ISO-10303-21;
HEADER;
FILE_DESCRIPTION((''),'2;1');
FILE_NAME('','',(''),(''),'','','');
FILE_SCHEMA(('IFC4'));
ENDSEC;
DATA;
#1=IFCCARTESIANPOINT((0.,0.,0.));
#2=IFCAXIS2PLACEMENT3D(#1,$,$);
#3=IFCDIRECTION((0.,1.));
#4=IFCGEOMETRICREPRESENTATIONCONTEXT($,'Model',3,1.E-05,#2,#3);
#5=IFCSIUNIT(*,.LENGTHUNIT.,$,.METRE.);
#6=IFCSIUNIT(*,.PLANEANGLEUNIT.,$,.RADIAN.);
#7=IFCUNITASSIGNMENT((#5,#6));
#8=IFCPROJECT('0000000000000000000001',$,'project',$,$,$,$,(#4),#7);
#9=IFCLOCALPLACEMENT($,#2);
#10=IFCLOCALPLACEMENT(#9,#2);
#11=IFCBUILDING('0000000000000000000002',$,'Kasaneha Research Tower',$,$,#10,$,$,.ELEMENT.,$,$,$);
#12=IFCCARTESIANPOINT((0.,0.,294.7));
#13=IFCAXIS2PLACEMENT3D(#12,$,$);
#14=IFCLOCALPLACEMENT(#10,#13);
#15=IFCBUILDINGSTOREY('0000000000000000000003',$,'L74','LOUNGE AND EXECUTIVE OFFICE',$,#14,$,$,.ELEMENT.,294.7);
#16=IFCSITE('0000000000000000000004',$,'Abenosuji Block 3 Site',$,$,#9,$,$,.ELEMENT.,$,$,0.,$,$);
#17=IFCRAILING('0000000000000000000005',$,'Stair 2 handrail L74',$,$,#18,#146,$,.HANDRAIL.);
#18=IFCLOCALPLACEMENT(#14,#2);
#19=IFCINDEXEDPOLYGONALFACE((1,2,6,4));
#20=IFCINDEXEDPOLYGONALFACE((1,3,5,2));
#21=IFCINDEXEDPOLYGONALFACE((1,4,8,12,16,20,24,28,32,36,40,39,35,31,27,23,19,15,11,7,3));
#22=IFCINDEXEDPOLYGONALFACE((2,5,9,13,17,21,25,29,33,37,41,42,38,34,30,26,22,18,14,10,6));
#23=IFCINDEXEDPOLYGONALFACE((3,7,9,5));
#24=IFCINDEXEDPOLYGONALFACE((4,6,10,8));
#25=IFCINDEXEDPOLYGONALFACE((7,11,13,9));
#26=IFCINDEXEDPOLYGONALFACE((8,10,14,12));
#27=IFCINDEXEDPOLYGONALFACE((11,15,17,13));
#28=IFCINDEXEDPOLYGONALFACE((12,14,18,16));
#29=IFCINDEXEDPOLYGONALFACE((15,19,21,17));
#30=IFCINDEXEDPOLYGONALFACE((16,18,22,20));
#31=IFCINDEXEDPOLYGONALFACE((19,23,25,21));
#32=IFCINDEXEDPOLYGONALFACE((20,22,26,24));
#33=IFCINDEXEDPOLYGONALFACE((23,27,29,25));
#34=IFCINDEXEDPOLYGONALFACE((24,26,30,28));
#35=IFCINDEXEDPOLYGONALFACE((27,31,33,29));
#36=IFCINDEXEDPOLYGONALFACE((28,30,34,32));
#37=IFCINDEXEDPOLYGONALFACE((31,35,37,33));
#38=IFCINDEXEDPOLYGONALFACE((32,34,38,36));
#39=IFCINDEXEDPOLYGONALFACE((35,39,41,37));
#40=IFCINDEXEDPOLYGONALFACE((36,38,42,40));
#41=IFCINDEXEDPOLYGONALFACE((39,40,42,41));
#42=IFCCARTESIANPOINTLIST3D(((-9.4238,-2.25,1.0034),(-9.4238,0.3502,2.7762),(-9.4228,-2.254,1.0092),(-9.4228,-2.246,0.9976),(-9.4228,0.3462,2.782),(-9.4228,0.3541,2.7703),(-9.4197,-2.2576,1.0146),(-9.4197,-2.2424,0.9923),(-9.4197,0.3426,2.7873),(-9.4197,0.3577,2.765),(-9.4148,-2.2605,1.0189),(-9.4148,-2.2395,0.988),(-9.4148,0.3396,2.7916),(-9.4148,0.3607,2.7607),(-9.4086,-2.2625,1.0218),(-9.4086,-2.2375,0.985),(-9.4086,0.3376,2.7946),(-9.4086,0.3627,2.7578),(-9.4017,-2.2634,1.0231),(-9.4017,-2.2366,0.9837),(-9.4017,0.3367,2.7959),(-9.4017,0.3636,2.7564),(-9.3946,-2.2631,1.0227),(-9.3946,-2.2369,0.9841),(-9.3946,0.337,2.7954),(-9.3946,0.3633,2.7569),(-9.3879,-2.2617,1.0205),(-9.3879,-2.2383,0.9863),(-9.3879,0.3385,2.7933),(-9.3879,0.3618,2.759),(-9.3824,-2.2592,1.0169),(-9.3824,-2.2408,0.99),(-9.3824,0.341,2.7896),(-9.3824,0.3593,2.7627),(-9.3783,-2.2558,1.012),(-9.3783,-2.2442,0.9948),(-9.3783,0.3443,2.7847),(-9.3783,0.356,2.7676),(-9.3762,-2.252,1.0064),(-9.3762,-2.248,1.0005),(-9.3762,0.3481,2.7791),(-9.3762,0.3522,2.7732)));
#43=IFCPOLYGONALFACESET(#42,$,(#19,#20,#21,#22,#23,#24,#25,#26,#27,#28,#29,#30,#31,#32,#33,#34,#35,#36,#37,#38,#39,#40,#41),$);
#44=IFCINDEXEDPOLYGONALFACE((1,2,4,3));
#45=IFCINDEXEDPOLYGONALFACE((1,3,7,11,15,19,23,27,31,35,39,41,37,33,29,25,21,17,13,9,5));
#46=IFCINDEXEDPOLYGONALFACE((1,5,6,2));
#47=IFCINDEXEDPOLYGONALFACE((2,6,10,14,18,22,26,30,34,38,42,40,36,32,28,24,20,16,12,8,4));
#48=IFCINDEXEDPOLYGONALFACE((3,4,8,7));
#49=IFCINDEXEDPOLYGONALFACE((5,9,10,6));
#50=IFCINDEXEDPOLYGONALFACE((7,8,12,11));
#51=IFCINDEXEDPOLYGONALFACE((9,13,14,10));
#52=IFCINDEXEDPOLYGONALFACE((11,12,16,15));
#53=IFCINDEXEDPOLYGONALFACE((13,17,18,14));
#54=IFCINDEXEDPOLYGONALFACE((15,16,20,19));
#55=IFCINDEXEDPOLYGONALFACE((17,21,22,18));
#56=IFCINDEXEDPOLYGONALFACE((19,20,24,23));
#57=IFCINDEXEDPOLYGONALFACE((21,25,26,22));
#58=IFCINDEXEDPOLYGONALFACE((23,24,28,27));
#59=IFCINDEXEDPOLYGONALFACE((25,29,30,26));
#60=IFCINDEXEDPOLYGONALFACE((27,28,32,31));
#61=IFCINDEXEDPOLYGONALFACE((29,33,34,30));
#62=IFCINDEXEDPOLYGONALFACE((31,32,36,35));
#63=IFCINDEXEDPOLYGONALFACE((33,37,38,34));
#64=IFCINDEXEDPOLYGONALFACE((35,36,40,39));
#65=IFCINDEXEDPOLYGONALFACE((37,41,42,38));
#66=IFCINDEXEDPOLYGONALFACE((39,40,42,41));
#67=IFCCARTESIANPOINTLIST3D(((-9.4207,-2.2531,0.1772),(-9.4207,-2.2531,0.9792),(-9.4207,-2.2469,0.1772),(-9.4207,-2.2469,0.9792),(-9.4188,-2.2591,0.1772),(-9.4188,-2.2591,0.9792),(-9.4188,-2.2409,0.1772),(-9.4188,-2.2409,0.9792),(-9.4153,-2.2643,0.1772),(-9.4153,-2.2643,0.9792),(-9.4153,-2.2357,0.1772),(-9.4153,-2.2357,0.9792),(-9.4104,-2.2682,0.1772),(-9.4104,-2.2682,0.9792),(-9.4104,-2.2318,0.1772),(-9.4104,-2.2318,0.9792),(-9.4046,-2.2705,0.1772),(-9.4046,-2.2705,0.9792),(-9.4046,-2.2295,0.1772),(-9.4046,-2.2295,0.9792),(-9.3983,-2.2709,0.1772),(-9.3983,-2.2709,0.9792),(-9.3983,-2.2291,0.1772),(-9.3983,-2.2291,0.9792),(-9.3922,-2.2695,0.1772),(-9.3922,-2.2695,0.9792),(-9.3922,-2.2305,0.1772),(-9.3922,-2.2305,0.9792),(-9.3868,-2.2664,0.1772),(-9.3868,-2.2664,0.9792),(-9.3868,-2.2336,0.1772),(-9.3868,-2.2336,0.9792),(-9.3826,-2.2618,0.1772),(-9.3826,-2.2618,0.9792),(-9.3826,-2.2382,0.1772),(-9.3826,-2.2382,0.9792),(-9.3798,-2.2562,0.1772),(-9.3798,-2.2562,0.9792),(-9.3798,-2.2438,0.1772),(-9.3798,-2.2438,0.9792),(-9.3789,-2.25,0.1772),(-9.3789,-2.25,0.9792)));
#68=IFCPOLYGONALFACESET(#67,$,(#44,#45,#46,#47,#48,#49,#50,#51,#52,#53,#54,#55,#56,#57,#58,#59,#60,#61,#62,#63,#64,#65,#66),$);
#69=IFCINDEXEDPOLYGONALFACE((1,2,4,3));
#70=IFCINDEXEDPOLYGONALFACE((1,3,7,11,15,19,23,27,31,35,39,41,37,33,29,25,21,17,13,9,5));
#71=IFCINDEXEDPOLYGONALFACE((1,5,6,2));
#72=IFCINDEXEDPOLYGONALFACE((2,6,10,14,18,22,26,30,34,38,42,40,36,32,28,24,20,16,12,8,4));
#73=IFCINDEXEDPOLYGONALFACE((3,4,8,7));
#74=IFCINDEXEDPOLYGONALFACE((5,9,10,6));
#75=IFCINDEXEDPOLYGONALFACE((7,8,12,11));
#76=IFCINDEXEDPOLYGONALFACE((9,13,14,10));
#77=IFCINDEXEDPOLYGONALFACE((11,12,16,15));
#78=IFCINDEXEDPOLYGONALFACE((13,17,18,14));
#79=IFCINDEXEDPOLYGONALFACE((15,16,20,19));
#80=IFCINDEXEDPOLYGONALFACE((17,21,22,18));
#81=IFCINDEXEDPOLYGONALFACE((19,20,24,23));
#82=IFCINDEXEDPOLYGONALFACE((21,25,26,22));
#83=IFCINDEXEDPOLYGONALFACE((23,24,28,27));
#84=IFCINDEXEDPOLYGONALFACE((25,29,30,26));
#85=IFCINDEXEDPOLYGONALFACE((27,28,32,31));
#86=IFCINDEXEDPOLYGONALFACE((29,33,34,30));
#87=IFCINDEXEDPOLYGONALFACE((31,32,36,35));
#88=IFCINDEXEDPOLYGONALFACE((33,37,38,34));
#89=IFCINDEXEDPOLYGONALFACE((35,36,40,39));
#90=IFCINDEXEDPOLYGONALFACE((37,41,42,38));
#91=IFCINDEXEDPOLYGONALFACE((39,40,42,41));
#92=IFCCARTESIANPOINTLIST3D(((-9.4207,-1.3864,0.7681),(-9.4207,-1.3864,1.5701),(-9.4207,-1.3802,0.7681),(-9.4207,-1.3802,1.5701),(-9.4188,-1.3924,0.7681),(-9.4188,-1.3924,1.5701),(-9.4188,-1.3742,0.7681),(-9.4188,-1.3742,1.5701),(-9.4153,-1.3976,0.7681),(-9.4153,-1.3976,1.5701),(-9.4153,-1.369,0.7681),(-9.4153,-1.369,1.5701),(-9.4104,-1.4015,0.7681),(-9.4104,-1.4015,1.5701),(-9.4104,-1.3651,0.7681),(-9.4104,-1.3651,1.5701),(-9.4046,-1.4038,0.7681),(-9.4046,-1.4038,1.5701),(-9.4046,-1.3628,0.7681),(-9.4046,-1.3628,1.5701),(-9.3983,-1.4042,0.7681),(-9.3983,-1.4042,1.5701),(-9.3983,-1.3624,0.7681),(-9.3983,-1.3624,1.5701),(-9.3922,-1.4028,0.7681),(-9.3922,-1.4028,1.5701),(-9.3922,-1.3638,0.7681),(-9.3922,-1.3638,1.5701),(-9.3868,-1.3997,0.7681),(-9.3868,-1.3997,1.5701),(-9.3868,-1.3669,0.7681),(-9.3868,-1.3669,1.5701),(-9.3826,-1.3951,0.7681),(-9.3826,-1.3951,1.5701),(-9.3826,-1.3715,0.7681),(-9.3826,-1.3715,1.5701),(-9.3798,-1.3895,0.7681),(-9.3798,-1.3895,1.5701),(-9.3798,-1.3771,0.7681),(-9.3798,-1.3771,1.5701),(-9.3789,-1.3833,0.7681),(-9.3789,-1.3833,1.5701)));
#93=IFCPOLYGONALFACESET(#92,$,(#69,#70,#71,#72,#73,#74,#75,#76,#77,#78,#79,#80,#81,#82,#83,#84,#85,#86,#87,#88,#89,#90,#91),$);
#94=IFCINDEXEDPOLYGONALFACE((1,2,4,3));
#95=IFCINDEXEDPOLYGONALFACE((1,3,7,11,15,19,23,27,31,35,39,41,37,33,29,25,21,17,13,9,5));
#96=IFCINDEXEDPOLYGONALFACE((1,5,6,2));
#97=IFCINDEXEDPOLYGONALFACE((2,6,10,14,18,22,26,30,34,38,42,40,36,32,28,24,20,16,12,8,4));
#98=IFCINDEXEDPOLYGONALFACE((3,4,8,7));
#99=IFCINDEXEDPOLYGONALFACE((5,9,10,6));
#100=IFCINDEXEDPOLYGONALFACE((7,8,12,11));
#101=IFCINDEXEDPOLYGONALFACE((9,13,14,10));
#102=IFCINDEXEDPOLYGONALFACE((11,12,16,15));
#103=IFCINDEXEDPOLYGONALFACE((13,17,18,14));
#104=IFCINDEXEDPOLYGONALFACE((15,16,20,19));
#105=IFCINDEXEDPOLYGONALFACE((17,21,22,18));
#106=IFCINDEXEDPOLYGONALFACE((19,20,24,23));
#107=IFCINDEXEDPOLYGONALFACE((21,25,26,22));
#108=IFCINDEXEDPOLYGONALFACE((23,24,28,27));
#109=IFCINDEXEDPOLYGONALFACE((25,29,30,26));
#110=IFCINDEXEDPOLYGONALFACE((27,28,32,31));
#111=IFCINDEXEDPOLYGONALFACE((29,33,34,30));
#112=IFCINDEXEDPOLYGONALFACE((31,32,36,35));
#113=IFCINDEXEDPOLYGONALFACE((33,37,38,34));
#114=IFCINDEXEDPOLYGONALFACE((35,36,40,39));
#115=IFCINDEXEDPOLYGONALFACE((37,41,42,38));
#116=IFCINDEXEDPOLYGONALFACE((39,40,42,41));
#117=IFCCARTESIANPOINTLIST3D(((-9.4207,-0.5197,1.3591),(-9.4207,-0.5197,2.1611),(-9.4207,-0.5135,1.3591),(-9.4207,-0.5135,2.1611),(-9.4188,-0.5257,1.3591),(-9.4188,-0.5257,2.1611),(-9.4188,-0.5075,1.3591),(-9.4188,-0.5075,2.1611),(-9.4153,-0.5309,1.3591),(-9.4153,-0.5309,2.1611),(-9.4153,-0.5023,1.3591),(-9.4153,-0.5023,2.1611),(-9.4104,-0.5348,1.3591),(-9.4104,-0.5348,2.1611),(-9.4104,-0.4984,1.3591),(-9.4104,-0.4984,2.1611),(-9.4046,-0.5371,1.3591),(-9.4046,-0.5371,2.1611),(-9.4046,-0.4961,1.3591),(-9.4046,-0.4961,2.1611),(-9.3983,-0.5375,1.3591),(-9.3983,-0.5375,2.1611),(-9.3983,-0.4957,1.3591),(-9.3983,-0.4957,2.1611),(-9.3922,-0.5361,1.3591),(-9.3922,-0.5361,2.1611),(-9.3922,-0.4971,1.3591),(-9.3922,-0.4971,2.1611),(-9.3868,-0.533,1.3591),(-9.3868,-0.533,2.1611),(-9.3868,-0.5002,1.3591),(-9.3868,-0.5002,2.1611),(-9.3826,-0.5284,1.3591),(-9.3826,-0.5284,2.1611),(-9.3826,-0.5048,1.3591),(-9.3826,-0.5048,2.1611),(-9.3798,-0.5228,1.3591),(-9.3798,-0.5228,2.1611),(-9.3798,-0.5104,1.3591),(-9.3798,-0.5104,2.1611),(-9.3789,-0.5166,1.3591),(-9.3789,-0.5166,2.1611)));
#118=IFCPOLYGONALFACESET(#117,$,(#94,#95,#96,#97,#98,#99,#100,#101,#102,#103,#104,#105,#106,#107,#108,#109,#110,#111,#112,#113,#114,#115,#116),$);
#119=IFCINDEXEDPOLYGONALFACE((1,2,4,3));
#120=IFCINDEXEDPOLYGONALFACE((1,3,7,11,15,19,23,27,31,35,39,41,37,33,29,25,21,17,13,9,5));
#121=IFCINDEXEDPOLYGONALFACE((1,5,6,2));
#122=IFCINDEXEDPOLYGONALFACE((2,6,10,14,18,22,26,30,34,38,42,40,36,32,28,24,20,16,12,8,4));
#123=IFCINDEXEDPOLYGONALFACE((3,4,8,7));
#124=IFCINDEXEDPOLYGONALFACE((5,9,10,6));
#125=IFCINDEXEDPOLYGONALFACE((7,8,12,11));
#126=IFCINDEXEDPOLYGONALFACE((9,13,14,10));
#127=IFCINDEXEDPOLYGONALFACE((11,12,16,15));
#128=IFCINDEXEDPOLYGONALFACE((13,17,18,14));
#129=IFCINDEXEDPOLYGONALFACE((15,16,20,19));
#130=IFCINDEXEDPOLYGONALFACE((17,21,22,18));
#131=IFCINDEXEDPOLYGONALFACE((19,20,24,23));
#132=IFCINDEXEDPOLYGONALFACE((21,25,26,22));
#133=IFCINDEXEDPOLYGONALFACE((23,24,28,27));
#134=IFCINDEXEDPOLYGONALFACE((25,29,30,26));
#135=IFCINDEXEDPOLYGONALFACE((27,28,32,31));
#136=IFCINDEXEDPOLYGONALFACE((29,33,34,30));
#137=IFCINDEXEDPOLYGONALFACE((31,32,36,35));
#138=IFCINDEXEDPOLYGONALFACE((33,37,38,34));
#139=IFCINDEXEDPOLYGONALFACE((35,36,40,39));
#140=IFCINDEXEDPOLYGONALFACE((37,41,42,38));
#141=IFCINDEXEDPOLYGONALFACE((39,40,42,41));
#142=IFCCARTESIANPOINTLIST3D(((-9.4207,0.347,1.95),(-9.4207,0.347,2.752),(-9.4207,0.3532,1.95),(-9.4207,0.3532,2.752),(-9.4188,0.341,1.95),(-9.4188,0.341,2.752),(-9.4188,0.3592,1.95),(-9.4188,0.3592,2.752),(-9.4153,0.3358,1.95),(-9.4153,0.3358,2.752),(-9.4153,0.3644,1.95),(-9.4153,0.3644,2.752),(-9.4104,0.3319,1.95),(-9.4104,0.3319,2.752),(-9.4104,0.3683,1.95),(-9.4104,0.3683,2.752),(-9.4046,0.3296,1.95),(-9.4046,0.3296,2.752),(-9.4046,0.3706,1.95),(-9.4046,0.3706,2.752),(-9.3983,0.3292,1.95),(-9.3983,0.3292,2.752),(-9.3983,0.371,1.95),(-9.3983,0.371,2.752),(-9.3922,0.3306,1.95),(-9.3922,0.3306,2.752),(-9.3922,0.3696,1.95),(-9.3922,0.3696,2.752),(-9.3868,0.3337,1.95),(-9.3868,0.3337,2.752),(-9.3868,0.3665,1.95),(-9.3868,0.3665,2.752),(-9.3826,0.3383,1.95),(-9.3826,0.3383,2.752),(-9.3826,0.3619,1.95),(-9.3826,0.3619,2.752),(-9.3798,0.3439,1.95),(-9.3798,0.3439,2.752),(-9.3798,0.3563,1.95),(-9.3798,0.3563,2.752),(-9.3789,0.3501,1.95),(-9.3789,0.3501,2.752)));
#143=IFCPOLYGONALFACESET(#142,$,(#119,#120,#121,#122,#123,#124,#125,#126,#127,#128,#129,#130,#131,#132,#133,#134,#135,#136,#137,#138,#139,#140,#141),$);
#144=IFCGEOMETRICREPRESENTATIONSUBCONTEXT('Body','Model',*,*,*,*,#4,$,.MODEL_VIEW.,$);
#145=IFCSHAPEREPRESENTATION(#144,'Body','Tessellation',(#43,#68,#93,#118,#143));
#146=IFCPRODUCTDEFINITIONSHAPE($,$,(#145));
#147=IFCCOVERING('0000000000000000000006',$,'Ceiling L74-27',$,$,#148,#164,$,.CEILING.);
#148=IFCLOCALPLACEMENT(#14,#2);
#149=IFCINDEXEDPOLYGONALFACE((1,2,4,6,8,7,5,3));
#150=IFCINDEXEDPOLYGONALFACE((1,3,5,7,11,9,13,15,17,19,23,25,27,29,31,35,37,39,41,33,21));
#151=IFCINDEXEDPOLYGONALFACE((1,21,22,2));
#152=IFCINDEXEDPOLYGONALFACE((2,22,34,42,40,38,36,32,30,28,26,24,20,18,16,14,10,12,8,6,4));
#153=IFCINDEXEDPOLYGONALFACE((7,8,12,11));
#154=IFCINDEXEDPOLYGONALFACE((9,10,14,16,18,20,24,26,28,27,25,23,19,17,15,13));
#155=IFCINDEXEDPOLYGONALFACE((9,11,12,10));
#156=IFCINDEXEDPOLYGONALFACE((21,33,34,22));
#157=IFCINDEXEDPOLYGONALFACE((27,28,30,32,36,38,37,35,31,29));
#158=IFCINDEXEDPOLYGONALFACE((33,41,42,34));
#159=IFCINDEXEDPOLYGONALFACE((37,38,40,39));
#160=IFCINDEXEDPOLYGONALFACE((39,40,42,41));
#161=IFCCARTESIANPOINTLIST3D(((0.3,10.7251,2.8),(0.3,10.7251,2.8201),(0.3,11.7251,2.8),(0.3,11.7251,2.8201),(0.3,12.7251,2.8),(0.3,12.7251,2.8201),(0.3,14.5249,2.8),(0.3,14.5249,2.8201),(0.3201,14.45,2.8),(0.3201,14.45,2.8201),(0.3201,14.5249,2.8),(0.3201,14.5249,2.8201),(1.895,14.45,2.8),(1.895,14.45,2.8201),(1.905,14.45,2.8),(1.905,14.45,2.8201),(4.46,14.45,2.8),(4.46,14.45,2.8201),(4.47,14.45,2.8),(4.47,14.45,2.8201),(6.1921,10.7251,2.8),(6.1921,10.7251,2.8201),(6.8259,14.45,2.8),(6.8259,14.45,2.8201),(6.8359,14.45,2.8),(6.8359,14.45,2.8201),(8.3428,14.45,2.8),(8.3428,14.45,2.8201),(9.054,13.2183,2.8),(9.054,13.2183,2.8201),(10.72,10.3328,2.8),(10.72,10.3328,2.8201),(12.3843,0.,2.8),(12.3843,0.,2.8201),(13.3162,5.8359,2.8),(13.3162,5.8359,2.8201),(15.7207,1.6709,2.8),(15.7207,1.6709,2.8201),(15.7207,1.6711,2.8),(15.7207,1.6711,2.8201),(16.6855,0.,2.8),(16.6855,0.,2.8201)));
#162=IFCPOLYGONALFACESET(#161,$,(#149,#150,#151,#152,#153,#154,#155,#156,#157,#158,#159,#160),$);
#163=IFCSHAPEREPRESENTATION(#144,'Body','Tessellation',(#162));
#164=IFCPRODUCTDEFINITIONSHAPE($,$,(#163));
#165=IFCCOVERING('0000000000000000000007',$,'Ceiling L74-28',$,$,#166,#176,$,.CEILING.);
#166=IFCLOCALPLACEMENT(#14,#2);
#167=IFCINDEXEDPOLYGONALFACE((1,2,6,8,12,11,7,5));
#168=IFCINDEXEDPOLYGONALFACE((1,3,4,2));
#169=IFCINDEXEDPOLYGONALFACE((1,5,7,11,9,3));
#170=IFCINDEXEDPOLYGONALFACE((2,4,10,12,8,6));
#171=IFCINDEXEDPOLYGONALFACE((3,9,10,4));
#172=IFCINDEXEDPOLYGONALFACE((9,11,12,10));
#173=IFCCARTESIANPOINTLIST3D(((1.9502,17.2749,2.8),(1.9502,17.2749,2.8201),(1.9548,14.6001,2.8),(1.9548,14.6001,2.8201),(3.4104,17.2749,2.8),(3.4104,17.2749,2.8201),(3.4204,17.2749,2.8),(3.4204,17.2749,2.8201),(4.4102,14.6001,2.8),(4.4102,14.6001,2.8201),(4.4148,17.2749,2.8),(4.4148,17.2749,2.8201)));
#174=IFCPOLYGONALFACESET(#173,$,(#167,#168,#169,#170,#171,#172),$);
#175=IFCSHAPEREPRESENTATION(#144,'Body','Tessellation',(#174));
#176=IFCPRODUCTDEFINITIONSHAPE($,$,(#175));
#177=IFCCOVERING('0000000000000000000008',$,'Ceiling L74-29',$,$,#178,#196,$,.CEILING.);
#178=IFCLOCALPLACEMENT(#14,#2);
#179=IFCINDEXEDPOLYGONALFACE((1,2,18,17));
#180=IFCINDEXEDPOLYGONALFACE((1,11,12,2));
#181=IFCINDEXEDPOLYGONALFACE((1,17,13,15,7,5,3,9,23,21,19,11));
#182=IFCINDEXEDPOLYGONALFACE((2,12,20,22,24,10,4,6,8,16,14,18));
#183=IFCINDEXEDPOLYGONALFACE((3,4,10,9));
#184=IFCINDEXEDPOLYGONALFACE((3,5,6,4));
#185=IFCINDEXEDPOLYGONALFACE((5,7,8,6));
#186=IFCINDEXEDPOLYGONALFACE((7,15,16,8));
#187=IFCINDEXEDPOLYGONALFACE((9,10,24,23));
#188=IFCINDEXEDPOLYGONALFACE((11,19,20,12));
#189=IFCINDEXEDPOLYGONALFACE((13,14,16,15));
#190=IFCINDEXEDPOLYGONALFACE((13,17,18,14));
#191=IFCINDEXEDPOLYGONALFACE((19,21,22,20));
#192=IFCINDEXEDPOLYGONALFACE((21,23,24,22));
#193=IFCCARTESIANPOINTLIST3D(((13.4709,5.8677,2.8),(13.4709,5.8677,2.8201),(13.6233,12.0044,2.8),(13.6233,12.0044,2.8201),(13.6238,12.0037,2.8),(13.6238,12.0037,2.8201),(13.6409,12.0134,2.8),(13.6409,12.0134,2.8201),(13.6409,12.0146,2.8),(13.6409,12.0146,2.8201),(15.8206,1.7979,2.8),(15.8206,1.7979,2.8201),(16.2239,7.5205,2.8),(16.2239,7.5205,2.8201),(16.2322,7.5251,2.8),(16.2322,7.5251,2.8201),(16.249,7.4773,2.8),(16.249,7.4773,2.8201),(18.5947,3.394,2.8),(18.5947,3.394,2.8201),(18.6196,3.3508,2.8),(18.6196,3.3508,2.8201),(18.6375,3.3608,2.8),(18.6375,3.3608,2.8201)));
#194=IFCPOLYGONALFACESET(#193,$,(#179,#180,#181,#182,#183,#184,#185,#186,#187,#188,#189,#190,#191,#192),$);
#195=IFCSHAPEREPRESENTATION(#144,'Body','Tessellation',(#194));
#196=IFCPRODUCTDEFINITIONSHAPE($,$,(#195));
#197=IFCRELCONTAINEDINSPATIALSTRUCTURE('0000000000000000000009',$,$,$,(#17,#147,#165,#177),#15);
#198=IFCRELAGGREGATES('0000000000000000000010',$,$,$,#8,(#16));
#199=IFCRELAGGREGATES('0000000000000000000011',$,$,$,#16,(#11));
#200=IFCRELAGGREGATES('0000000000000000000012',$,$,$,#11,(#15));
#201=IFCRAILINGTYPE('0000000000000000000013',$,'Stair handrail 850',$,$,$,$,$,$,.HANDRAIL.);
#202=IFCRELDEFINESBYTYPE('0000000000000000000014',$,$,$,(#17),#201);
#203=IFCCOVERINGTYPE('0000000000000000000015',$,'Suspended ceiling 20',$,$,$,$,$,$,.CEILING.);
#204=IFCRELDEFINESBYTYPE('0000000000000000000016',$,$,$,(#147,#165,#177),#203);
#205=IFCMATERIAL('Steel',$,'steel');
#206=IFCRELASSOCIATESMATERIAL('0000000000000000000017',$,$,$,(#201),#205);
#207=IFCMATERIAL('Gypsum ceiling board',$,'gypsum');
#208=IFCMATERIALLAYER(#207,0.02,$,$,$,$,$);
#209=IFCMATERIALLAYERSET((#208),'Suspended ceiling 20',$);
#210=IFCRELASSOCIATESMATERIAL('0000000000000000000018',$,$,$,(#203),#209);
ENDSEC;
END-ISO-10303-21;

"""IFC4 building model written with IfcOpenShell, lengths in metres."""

from ifc_helpers import new_model, si_unit, direction, frame, origin, origin_2d, place, context, subcontext, project, spatial, polyline, circle, outline, extrude, material, layer, layer_set, type_object, element, save


model = new_model("IFC4")

# Units and contexts
model_context = context("Model", 3, precision=1e-05, world=origin(), true_north=direction((0.0, 1.0)))
body_context = subcontext(model_context, "Body", "Model", "MODEL_VIEW")
ifc_project = project(units=[si_unit("LENGTHUNIT", "METRE"), si_unit("PLANEANGLEUNIT", "RADIAN")], contexts=[model_context])

# Site, building, storey
site_placement = place(None, origin())
site = spatial("IfcSite", under=ifc_project, at=site_placement, Name="Abenosuji Block 3 Site", CompositionType="ELEMENT", RefElevation=0.0)
building_placement = place(site_placement, origin())
building = spatial("IfcBuilding", under=site, at=building_placement, Name="Kasaneha Research Tower", CompositionType="ELEMENT")
storey_placement = place(building_placement, frame((0.0, 0.0, 294.7)))
storey = spatial("IfcBuildingStorey", under=building, at=storey_placement, Name="L74", Description="LOUNGE AND EXECUTIVE OFFICE", CompositionType="ELEMENT", Elevation=294.7)

# Railing
ifc_material_1 = material(Name="Steel", Category="steel")
railing_type = type_object("IfcRailingType", Name="Stair handrail 850", PredefinedType="HANDRAIL", material=ifc_material_1)
railing_placement = place(storey_placement, frame((-9.3999, -2.25, 0.1772)))
element("IfcRailing", 1, at=railing_placement, inside=storey, type_object=railing_type, Name="Stair 2 handrail L74", PredefinedType="HANDRAIL", context=body_context, shape_type="SweptSolid", body=[
    extrude(circle(Radius=0.0239, at=origin_2d()), frame((0.0, 0.0, 0.8262), z_axis=(0.0, 0.82624, 0.563318), x_axis=(-1.0, 0.0, 0.0)), (0.0, 0.0, 1.0), 3.147),
    extrude(circle(Radius=0.021, at=origin_2d()), origin(), (0.0, 0.0, 1.0), 0.802),
    extrude(circle(Radius=0.021, at=origin_2d()), frame((0.0, 0.8667, 0.5908)), (0.0, 0.0, 1.0), 0.802),
    extrude(circle(Radius=0.021, at=origin_2d()), frame((0.0, 1.7334, 1.1819)), (0.0, 0.0, 1.0), 0.802),
    extrude(circle(Radius=0.021, at=origin_2d()), frame((0.0, 2.6001, 1.7727)), (0.0, 0.0, 1.0), 0.802),
])

# Coverings
ifc_material_2 = material(Name="Gypsum ceiling board", Category="gypsum")
ifc_layer_1 = layer(ifc_material_2, 0.02)
ifc_layer_set_1 = layer_set([ifc_layer_1], Name="Suspended ceiling 20")
covering_type_1 = type_object("IfcCoveringType", Name="Suspended ceiling 20", PredefinedType="CEILING", material=ifc_layer_set_1)
covering_1_placement = place(storey_placement, frame((0.0, 0.0, 2.8)))
element("IfcCovering", 2, at=covering_1_placement, inside=storey, type_object=covering_type_1, Name="Ceiling L74-27", PredefinedType="CEILING", context=body_context, shape_type="SweptSolid", body=[
    extrude(outline(polyline([(6.1921, 10.7251), (0.3, 10.7251), (0.3, 11.7251), (0.3, 12.7251), (0.3, 14.5249), (0.3201, 14.5249), (0.3201, 14.45), (1.895, 14.45), (1.905, 14.45), (4.46, 14.45), (4.47, 14.45), (6.8259, 14.45), (6.8359, 14.45), (8.3428, 14.45), (9.054, 13.2183), (9.054, 13.2183), (10.72, 10.3328), (10.72, 10.3328), (13.3162, 5.8359), (13.3162, 5.8359), (15.7207, 1.6709), (15.7207, 1.6711), (16.6855, 0.0), (12.3843, 0.0), (6.1921, 10.7251)])), origin(), (0.0, 0.0, 1.0), 0.02),
])
covering_2_placement = place(storey_placement, frame((0.0, 0.0, 2.8)))
element("IfcCovering", 3, at=covering_2_placement, inside=storey, type_object=covering_type_1, Name="Ceiling L74-28", PredefinedType="CEILING", context=body_context, shape_type="SweptSolid", body=[
    extrude(outline(polyline([(1.9502, 17.2749), (3.4104, 17.2749), (3.4204, 17.2749), (4.4148, 17.2749), (4.4102, 14.6001), (1.9548, 14.6001), (1.9502, 17.2749)])), origin(), (0.0, 0.0, 1.0), 0.02),
])
covering_3_placement = place(storey_placement, frame((0.0, 0.0, 2.8)))
element("IfcCovering", 4, at=covering_3_placement, inside=storey, type_object=covering_type_1, Name="Ceiling L74-29", PredefinedType="CEILING", context=body_context, shape_type="SweptSolid", body=[
    extrude(outline(polyline([(16.2322, 7.5251), (13.6409, 12.0134), (13.6238, 12.0037), (13.6233, 12.0044), (13.6409, 12.0146), (18.6375, 3.3608), (18.6196, 3.3508), (18.5947, 3.394), (15.8206, 1.7979), (13.4709, 5.8677), (16.249, 7.4773), (16.2239, 7.5205), (16.2322, 7.5251)])), origin(), (0.0, 0.0, 1.0), 0.02),
])

save(model, "model.ifc")
